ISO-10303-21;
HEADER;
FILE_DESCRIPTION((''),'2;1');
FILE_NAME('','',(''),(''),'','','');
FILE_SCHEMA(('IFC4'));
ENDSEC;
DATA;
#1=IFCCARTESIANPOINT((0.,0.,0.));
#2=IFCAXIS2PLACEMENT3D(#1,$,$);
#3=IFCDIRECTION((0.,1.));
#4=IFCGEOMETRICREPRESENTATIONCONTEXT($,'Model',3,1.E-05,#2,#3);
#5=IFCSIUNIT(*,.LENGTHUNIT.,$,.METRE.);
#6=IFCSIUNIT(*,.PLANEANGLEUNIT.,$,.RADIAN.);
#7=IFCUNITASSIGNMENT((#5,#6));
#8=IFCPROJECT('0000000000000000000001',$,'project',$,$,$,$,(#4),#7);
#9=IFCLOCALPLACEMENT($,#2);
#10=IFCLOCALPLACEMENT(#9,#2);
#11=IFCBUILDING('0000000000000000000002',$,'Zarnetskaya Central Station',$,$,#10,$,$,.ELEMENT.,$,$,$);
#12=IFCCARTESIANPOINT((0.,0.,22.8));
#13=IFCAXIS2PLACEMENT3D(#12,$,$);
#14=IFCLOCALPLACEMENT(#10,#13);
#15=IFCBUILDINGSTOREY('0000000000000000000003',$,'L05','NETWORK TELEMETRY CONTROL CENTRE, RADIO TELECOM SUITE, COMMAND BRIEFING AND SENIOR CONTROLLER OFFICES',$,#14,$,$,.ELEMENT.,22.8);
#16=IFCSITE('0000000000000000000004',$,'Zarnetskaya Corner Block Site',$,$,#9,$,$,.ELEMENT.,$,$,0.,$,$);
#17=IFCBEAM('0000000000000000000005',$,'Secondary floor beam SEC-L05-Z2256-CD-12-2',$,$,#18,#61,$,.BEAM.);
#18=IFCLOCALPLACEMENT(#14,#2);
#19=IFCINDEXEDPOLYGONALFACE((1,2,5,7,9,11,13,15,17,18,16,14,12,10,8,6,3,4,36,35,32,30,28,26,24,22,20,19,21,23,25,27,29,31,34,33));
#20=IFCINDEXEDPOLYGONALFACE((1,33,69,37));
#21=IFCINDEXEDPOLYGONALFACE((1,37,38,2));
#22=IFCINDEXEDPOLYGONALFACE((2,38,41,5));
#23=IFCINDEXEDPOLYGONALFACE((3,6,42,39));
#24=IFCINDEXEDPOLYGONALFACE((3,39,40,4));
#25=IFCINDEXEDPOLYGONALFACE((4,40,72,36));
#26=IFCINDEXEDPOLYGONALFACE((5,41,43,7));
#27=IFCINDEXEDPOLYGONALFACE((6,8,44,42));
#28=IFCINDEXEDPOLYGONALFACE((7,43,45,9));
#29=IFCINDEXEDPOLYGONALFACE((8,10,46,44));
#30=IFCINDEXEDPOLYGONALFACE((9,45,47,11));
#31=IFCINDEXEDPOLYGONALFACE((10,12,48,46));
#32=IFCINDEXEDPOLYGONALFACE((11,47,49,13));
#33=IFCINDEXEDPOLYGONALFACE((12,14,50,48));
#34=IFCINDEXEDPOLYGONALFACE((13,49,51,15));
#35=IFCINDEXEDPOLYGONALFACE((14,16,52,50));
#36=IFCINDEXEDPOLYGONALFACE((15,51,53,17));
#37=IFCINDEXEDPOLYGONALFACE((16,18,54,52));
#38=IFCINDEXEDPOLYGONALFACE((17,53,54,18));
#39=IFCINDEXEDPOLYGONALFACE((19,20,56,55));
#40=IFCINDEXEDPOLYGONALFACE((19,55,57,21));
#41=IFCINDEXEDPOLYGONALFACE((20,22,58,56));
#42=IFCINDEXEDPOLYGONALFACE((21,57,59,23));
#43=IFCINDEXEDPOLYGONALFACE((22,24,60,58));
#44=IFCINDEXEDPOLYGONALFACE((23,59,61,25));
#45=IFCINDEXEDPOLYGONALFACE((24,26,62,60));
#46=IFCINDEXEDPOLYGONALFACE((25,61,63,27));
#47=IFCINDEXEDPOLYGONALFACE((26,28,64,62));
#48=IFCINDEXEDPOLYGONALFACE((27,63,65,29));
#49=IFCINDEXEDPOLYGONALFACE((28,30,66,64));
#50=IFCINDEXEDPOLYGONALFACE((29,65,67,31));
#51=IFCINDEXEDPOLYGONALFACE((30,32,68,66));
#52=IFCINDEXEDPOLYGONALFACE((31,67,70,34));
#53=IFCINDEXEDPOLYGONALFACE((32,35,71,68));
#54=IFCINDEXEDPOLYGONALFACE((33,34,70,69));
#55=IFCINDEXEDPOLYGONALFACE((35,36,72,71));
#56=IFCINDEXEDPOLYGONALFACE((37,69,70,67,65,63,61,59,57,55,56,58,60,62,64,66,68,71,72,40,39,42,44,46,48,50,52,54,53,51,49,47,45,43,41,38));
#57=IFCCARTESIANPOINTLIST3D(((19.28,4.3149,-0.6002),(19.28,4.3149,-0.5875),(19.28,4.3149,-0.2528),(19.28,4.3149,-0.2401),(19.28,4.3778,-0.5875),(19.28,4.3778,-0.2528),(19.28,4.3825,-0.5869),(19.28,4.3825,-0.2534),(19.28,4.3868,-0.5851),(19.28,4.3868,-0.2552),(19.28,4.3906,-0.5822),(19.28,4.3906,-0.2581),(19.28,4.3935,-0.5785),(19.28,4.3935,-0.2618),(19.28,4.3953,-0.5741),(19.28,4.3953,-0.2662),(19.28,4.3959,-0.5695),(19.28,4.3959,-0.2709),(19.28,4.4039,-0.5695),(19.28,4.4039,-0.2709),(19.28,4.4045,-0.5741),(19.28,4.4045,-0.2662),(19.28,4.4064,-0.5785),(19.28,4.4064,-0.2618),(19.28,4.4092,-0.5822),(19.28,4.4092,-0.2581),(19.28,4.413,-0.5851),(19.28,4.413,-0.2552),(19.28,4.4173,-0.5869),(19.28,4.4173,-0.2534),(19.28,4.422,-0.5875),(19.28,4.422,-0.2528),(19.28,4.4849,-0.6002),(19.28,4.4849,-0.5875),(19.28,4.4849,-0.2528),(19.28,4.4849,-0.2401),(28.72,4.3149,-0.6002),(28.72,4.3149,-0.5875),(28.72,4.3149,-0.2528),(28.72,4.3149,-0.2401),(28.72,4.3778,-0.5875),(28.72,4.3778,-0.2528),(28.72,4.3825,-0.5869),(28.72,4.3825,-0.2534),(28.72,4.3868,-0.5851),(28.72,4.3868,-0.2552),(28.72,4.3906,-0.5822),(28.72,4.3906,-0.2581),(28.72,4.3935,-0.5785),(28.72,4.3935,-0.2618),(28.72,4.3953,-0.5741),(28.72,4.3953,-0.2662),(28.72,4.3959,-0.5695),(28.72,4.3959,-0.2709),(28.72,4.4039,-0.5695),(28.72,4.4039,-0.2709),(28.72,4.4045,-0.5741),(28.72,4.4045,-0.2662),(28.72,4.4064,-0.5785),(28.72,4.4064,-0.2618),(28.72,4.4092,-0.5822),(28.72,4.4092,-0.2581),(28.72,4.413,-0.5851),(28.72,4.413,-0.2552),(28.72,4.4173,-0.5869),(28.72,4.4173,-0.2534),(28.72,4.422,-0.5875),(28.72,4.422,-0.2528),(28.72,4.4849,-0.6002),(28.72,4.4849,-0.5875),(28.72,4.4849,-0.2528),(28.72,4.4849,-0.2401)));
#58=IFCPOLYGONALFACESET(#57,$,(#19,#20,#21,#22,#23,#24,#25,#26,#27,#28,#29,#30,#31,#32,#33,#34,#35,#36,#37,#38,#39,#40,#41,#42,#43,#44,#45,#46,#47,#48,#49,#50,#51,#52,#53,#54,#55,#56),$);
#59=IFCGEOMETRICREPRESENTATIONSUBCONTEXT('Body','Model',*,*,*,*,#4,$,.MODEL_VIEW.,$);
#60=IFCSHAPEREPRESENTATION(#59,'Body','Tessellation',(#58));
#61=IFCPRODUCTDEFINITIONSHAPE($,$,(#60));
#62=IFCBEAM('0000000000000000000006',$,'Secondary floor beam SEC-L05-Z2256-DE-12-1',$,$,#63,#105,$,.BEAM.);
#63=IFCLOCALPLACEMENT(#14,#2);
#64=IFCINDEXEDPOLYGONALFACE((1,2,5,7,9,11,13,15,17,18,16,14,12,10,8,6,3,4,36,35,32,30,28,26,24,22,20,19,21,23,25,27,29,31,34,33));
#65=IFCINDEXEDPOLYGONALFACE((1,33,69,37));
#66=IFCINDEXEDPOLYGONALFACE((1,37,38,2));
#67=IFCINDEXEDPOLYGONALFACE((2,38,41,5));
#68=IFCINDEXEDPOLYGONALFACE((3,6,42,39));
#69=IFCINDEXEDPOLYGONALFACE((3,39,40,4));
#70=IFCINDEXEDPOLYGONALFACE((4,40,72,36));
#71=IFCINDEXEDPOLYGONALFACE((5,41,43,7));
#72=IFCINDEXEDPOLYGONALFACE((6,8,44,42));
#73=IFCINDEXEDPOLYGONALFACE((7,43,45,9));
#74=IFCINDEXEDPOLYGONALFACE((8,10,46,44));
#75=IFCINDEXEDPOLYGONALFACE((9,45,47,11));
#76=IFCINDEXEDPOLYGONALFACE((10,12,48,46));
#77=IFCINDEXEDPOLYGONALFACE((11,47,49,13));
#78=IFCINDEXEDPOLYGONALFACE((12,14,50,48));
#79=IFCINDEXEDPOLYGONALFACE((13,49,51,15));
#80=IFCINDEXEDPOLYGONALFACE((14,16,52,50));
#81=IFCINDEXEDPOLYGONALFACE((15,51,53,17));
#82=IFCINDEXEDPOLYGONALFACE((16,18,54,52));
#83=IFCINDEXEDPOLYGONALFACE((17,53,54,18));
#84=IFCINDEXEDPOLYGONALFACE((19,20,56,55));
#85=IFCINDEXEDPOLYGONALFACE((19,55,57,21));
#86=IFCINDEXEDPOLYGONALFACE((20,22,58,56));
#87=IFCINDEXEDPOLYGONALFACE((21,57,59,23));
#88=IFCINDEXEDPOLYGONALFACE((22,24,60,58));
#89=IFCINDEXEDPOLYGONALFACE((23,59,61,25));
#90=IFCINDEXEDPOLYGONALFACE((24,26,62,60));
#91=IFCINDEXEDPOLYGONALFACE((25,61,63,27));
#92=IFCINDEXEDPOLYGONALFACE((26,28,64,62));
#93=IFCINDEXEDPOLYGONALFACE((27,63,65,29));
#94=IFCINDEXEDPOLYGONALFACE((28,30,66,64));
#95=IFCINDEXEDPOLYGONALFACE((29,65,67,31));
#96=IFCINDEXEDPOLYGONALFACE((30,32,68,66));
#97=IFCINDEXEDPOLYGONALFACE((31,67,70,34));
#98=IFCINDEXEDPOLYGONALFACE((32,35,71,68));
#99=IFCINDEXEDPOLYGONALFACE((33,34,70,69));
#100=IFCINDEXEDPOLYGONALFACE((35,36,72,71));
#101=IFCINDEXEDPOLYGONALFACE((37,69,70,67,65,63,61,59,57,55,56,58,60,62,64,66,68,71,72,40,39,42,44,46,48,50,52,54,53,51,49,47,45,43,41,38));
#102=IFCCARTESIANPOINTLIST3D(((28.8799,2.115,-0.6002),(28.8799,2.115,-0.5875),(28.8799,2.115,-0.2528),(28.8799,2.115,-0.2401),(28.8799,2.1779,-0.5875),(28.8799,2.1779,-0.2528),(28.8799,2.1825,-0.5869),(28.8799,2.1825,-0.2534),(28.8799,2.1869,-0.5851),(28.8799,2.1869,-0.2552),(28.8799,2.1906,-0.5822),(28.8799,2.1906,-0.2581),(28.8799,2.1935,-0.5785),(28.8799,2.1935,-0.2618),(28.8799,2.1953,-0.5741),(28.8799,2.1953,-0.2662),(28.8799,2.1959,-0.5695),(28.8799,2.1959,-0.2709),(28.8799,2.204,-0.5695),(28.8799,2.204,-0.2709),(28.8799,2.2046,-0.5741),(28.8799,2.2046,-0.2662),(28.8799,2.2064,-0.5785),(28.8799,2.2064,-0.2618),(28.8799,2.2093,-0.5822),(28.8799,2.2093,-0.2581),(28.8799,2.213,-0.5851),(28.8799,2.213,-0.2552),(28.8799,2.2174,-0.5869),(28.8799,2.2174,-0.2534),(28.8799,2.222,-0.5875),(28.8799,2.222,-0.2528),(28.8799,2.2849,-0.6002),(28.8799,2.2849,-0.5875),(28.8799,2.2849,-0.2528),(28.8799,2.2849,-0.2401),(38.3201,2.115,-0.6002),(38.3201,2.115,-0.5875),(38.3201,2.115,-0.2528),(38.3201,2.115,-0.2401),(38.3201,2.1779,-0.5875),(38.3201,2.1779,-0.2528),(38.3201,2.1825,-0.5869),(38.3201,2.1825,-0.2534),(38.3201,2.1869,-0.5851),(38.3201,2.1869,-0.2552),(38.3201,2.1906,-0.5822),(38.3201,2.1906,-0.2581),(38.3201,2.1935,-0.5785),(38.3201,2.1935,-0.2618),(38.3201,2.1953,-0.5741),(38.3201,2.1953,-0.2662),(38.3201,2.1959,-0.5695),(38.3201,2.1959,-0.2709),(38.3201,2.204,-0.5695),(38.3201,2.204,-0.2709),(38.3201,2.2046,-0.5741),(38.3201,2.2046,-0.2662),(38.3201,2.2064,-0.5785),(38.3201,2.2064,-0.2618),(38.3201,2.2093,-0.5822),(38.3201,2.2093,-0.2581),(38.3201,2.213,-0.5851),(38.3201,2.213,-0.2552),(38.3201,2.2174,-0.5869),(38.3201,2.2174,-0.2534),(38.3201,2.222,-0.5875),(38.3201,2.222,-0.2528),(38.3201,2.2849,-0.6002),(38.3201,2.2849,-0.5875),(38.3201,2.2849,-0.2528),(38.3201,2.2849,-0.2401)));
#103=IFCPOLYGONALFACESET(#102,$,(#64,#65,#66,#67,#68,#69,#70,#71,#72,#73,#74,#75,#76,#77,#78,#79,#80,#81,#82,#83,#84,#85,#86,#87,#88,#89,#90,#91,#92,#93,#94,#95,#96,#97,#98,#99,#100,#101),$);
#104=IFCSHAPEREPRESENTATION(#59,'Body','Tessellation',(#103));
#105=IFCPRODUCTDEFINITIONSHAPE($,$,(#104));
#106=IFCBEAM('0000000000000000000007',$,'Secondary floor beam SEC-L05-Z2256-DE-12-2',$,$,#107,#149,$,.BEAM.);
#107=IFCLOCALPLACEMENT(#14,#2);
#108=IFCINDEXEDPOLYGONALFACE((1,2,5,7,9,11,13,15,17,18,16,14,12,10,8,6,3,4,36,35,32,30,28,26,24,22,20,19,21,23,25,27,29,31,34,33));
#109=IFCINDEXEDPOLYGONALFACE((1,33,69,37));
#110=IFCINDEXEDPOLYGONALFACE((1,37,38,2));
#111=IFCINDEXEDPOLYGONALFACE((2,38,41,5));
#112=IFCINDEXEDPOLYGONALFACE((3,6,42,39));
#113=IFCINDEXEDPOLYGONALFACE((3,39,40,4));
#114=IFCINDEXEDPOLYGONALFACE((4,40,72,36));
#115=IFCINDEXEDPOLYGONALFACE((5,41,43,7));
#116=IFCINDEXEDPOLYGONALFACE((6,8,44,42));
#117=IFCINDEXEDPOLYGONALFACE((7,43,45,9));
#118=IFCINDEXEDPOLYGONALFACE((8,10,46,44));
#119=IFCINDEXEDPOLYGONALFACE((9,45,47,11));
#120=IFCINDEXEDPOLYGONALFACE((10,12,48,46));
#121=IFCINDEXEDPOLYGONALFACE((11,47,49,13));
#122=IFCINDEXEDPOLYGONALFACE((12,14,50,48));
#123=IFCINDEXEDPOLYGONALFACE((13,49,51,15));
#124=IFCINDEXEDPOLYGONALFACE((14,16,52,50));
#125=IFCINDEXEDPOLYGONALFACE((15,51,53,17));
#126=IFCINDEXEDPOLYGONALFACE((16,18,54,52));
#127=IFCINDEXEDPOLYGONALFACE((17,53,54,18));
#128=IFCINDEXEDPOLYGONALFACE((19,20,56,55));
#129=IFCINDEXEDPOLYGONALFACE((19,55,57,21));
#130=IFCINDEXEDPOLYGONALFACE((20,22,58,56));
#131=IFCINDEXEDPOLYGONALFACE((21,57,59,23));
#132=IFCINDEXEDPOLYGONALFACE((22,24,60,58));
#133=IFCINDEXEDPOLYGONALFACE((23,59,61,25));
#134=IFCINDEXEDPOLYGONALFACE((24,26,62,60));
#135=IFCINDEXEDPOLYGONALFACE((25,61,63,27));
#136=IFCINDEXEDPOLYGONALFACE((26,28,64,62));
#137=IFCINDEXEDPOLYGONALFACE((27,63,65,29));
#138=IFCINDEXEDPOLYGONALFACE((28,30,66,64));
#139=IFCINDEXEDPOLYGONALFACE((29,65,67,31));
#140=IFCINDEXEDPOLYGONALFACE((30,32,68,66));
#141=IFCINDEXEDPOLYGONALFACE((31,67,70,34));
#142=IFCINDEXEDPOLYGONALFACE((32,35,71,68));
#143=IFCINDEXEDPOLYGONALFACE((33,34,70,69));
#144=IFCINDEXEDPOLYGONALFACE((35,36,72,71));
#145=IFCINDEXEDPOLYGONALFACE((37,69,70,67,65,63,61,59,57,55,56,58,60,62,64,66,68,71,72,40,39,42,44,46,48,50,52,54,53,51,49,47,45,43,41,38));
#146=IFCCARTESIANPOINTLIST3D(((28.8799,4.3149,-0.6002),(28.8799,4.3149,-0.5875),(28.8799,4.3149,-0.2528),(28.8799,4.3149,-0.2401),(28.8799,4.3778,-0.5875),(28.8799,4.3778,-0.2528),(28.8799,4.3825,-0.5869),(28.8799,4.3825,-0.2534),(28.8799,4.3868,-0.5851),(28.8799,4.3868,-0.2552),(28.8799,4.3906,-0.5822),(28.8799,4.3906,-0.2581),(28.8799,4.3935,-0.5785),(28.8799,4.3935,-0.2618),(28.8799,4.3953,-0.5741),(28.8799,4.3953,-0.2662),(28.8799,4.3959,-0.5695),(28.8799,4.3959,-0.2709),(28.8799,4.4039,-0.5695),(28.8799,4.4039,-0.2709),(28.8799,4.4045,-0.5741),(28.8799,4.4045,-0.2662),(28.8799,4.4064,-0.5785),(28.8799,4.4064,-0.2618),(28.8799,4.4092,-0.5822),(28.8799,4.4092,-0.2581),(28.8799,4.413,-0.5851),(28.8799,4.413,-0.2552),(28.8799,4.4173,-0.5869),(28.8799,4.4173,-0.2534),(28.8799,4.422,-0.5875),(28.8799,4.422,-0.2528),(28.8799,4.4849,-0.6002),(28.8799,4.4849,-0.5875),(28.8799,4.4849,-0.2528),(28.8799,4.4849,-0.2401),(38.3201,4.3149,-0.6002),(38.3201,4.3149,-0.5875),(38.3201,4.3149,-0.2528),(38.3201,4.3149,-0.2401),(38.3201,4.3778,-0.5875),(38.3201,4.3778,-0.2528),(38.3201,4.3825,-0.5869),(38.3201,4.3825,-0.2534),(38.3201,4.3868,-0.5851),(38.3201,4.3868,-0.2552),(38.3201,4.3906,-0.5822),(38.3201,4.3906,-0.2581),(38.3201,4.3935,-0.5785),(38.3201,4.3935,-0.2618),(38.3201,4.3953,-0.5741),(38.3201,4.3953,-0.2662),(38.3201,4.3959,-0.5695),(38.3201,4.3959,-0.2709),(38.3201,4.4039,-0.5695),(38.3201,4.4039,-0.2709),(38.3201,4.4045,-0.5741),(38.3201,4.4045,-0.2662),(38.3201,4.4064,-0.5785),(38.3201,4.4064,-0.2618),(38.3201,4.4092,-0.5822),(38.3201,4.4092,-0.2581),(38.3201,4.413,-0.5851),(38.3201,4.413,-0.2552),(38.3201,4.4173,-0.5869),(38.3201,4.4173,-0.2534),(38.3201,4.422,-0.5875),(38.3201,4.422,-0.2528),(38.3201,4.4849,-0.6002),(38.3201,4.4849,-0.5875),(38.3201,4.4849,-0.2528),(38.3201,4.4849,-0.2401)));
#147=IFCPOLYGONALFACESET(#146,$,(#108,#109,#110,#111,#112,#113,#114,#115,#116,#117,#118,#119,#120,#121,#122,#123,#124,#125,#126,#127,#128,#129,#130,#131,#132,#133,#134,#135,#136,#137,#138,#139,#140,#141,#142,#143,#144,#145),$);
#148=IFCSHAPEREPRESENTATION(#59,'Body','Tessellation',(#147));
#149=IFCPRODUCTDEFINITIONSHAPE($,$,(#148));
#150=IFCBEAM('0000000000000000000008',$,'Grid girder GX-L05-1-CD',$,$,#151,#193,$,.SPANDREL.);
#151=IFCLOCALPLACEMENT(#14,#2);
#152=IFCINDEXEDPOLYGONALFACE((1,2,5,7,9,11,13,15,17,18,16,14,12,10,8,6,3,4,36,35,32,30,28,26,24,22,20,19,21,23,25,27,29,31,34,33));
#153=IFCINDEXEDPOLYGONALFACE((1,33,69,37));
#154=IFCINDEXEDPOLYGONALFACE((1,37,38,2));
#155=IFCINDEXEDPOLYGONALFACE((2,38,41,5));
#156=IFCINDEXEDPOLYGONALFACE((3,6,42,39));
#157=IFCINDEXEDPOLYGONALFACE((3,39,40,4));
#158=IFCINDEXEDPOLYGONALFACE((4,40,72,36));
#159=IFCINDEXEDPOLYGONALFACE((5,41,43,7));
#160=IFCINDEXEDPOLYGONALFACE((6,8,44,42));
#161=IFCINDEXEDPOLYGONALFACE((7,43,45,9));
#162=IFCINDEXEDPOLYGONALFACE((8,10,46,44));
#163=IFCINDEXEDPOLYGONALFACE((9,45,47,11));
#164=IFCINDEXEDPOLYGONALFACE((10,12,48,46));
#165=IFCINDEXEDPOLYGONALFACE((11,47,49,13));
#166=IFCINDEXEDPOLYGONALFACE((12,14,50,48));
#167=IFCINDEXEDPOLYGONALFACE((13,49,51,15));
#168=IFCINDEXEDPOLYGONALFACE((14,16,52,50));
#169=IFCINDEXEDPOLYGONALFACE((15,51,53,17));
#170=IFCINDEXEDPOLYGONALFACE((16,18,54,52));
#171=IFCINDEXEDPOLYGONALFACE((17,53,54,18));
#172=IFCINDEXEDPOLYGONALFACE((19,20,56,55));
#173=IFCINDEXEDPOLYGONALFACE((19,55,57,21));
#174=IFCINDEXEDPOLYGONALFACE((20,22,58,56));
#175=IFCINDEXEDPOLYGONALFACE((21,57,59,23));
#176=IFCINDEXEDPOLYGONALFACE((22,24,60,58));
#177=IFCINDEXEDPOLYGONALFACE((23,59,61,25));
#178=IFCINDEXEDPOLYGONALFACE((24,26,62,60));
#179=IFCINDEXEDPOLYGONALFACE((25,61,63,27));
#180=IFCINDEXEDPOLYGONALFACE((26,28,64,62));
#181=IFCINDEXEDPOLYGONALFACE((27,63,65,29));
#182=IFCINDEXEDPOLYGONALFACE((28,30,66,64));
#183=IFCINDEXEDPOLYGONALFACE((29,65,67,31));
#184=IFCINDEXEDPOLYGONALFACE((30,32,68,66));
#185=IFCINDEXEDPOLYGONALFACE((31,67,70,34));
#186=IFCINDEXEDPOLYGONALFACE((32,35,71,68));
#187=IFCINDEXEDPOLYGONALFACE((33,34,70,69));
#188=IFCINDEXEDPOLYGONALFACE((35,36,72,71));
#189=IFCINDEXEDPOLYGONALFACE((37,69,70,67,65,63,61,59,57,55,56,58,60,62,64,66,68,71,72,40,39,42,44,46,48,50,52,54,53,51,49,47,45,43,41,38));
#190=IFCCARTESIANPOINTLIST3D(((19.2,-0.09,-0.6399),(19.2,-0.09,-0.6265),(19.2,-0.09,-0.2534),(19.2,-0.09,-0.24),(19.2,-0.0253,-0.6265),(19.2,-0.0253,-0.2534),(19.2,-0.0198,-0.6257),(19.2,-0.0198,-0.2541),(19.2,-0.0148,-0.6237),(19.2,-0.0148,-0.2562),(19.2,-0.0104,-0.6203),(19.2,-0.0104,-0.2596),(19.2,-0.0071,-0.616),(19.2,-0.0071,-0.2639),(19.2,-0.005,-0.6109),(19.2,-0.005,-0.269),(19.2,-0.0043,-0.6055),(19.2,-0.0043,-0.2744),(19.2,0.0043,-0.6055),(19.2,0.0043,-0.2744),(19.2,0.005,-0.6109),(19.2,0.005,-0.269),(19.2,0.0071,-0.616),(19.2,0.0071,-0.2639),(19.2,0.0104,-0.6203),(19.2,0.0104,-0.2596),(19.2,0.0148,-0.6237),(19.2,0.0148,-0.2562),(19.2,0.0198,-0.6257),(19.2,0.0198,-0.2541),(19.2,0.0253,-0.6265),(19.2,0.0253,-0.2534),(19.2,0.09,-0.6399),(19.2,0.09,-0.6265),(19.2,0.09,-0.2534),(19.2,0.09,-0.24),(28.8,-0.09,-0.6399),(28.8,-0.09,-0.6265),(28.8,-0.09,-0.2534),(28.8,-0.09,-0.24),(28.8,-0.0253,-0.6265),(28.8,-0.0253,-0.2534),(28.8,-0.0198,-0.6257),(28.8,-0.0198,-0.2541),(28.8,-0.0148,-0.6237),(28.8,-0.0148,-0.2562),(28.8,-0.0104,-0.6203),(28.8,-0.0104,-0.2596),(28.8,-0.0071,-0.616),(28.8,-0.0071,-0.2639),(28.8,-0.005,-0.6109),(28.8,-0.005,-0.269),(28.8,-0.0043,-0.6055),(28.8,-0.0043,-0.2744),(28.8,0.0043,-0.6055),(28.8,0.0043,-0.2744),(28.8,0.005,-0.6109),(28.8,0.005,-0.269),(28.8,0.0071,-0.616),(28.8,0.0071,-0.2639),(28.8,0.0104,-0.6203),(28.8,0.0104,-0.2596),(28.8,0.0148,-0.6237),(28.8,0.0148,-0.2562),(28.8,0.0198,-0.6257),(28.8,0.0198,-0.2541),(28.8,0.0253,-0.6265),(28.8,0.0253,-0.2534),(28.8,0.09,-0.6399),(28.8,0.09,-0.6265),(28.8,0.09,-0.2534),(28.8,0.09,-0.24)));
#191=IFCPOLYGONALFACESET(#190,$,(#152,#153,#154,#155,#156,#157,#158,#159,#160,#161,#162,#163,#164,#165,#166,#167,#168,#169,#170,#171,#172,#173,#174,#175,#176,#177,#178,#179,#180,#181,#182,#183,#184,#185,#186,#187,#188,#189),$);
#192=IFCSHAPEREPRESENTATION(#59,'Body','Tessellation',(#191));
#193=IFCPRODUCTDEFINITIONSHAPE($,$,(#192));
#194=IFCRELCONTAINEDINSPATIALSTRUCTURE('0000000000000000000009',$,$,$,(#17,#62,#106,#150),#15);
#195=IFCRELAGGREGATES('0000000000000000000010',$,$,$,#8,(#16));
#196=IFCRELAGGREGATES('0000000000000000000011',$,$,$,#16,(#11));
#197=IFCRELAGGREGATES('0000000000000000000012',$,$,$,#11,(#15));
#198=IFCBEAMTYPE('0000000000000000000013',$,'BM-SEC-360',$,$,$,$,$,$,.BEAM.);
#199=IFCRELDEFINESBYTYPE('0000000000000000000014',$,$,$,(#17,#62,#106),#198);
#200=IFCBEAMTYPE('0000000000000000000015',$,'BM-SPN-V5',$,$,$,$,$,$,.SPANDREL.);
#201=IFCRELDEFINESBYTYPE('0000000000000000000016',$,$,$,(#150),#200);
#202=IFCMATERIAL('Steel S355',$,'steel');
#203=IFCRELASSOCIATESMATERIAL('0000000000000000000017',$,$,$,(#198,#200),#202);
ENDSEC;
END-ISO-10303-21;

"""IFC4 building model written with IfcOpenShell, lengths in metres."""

from ifc_helpers import new_model, si_unit, direction, frame, origin, origin_2d, place, context, subcontext, project, spatial, i_section, extrude, material, material_profile, profile_set, type_object, element, save


model = new_model("IFC4")

# Units and contexts
model_context = context("Model", 3, precision=1e-05, world=origin(), true_north=direction((0.0, 1.0)))
body_context = subcontext(model_context, "Body", "Model", "MODEL_VIEW")
ifc_project = project(units=[si_unit("LENGTHUNIT", "METRE"), si_unit("PLANEANGLEUNIT", "RADIAN")], contexts=[model_context])

# Site, building, storey
site_placement = place(None, origin())
site = spatial("IfcSite", under=ifc_project, at=site_placement, Name="Zarnetskaya Corner Block Site", CompositionType="ELEMENT", RefElevation=0.0)
building_placement = place(site_placement, origin())
building = spatial("IfcBuilding", under=site, at=building_placement, Name="Zarnetskaya Central Station", CompositionType="ELEMENT")
storey_placement = place(building_placement, frame((0.0, 0.0, 22.8)))
storey = spatial("IfcBuildingStorey", under=building, at=storey_placement, Name="L05", Description="NETWORK TELEMETRY CONTROL CENTRE, RADIO TELECOM SUITE, COMMAND BRIEFING AND SENIOR CONTROLLER OFFICES", CompositionType="ELEMENT", Elevation=22.8)

# Shared definitions
ifc_material_1 = material(Name="Steel S355", Category="steel")

# Beams
ifc_material_profile_1 = material_profile(ifc_material_1, i_section(OverallWidth=0.1699, OverallDepth=0.3601, WebThickness=0.0081, FlangeThickness=0.0127, FilletRadius=0.0181, at=origin_2d()), Name="IPE 360")
ifc_profile_set_1 = profile_set([ifc_material_profile_1], Name="Steel S355")
beam_type_1 = type_object("IfcBeamType", Name="BM-SEC-360", PredefinedType="BEAM", material=ifc_profile_set_1)
for number, where, z_axis, x_axis, name in (
    (1, (19.28, 4.3999, -0.4202), (1.0, 0.0, 0.0), (0.0, 1.0, 0.0), "Secondary floor beam SEC-L05-Z2256-CD-12-2"),
):
    element("IfcBeam", number, at=place(storey_placement, frame(where, z_axis=z_axis, x_axis=x_axis)), inside=storey, type_object=beam_type_1, Name=name, PredefinedType="BEAM", context=body_context, shape_type="SweptSolid", body=[
        extrude(i_section(OverallWidth=0.1699, OverallDepth=0.3601, WebThickness=0.0081, FlangeThickness=0.0127, FilletRadius=0.0181, at=origin_2d()), origin(), (0.0, 0.0, 1.0), 9.4399),
    ])
for number, where, z_axis, x_axis, name in (
    (2, (28.8799, 2.2, -0.4202), (1.0, 0.0, 0.0), (0.0, 1.0, 0.0), "Secondary floor beam SEC-L05-Z2256-DE-12-1"),
    (3, (28.8799, 4.3999, -0.4202), (1.0, 0.0, 0.0), (0.0, 1.0, 0.0), "Secondary floor beam SEC-L05-Z2256-DE-12-2"),
):
    element("IfcBeam", number, at=place(storey_placement, frame(where, z_axis=z_axis, x_axis=x_axis)), inside=storey, type_object=beam_type_1, Name=name, PredefinedType="BEAM", context=body_context, shape_type="SweptSolid", body=[
        extrude(i_section(OverallWidth=0.1699, OverallDepth=0.3601, WebThickness=0.0081, FlangeThickness=0.0127, FilletRadius=0.0181, at=origin_2d()), origin(), (0.0, 0.0, 1.0), 9.4402),
    ])
ifc_material_profile_2 = material_profile(ifc_material_1, i_section(OverallWidth=0.1799, OverallDepth=0.3999, WebThickness=0.0085, FlangeThickness=0.0134, FilletRadius=0.021, at=origin_2d()), Name="IPE 400")
ifc_profile_set_2 = profile_set([ifc_material_profile_2], Name="Steel S355")
beam_type_2 = type_object("IfcBeamType", Name="BM-SPN-V5", PredefinedType="SPANDREL", material=ifc_profile_set_2)
beam_1_placement = place(storey_placement, frame((19.2, 0.0, -0.4399), z_axis=(1.0, 0.0, 0.0), x_axis=(0.0, 1.0, 0.0)))
element("IfcBeam", 4, at=beam_1_placement, inside=storey, type_object=beam_type_2, Name="Grid girder GX-L05-1-CD", PredefinedType="SPANDREL", context=body_context, shape_type="SweptSolid", body=[
    extrude(i_section(OverallWidth=0.1799, OverallDepth=0.3999, WebThickness=0.0085, FlangeThickness=0.0134, FilletRadius=0.021, at=origin_2d()), origin(), (0.0, 0.0, 1.0), 9.6001),
])

save(model, "model.ifc")
